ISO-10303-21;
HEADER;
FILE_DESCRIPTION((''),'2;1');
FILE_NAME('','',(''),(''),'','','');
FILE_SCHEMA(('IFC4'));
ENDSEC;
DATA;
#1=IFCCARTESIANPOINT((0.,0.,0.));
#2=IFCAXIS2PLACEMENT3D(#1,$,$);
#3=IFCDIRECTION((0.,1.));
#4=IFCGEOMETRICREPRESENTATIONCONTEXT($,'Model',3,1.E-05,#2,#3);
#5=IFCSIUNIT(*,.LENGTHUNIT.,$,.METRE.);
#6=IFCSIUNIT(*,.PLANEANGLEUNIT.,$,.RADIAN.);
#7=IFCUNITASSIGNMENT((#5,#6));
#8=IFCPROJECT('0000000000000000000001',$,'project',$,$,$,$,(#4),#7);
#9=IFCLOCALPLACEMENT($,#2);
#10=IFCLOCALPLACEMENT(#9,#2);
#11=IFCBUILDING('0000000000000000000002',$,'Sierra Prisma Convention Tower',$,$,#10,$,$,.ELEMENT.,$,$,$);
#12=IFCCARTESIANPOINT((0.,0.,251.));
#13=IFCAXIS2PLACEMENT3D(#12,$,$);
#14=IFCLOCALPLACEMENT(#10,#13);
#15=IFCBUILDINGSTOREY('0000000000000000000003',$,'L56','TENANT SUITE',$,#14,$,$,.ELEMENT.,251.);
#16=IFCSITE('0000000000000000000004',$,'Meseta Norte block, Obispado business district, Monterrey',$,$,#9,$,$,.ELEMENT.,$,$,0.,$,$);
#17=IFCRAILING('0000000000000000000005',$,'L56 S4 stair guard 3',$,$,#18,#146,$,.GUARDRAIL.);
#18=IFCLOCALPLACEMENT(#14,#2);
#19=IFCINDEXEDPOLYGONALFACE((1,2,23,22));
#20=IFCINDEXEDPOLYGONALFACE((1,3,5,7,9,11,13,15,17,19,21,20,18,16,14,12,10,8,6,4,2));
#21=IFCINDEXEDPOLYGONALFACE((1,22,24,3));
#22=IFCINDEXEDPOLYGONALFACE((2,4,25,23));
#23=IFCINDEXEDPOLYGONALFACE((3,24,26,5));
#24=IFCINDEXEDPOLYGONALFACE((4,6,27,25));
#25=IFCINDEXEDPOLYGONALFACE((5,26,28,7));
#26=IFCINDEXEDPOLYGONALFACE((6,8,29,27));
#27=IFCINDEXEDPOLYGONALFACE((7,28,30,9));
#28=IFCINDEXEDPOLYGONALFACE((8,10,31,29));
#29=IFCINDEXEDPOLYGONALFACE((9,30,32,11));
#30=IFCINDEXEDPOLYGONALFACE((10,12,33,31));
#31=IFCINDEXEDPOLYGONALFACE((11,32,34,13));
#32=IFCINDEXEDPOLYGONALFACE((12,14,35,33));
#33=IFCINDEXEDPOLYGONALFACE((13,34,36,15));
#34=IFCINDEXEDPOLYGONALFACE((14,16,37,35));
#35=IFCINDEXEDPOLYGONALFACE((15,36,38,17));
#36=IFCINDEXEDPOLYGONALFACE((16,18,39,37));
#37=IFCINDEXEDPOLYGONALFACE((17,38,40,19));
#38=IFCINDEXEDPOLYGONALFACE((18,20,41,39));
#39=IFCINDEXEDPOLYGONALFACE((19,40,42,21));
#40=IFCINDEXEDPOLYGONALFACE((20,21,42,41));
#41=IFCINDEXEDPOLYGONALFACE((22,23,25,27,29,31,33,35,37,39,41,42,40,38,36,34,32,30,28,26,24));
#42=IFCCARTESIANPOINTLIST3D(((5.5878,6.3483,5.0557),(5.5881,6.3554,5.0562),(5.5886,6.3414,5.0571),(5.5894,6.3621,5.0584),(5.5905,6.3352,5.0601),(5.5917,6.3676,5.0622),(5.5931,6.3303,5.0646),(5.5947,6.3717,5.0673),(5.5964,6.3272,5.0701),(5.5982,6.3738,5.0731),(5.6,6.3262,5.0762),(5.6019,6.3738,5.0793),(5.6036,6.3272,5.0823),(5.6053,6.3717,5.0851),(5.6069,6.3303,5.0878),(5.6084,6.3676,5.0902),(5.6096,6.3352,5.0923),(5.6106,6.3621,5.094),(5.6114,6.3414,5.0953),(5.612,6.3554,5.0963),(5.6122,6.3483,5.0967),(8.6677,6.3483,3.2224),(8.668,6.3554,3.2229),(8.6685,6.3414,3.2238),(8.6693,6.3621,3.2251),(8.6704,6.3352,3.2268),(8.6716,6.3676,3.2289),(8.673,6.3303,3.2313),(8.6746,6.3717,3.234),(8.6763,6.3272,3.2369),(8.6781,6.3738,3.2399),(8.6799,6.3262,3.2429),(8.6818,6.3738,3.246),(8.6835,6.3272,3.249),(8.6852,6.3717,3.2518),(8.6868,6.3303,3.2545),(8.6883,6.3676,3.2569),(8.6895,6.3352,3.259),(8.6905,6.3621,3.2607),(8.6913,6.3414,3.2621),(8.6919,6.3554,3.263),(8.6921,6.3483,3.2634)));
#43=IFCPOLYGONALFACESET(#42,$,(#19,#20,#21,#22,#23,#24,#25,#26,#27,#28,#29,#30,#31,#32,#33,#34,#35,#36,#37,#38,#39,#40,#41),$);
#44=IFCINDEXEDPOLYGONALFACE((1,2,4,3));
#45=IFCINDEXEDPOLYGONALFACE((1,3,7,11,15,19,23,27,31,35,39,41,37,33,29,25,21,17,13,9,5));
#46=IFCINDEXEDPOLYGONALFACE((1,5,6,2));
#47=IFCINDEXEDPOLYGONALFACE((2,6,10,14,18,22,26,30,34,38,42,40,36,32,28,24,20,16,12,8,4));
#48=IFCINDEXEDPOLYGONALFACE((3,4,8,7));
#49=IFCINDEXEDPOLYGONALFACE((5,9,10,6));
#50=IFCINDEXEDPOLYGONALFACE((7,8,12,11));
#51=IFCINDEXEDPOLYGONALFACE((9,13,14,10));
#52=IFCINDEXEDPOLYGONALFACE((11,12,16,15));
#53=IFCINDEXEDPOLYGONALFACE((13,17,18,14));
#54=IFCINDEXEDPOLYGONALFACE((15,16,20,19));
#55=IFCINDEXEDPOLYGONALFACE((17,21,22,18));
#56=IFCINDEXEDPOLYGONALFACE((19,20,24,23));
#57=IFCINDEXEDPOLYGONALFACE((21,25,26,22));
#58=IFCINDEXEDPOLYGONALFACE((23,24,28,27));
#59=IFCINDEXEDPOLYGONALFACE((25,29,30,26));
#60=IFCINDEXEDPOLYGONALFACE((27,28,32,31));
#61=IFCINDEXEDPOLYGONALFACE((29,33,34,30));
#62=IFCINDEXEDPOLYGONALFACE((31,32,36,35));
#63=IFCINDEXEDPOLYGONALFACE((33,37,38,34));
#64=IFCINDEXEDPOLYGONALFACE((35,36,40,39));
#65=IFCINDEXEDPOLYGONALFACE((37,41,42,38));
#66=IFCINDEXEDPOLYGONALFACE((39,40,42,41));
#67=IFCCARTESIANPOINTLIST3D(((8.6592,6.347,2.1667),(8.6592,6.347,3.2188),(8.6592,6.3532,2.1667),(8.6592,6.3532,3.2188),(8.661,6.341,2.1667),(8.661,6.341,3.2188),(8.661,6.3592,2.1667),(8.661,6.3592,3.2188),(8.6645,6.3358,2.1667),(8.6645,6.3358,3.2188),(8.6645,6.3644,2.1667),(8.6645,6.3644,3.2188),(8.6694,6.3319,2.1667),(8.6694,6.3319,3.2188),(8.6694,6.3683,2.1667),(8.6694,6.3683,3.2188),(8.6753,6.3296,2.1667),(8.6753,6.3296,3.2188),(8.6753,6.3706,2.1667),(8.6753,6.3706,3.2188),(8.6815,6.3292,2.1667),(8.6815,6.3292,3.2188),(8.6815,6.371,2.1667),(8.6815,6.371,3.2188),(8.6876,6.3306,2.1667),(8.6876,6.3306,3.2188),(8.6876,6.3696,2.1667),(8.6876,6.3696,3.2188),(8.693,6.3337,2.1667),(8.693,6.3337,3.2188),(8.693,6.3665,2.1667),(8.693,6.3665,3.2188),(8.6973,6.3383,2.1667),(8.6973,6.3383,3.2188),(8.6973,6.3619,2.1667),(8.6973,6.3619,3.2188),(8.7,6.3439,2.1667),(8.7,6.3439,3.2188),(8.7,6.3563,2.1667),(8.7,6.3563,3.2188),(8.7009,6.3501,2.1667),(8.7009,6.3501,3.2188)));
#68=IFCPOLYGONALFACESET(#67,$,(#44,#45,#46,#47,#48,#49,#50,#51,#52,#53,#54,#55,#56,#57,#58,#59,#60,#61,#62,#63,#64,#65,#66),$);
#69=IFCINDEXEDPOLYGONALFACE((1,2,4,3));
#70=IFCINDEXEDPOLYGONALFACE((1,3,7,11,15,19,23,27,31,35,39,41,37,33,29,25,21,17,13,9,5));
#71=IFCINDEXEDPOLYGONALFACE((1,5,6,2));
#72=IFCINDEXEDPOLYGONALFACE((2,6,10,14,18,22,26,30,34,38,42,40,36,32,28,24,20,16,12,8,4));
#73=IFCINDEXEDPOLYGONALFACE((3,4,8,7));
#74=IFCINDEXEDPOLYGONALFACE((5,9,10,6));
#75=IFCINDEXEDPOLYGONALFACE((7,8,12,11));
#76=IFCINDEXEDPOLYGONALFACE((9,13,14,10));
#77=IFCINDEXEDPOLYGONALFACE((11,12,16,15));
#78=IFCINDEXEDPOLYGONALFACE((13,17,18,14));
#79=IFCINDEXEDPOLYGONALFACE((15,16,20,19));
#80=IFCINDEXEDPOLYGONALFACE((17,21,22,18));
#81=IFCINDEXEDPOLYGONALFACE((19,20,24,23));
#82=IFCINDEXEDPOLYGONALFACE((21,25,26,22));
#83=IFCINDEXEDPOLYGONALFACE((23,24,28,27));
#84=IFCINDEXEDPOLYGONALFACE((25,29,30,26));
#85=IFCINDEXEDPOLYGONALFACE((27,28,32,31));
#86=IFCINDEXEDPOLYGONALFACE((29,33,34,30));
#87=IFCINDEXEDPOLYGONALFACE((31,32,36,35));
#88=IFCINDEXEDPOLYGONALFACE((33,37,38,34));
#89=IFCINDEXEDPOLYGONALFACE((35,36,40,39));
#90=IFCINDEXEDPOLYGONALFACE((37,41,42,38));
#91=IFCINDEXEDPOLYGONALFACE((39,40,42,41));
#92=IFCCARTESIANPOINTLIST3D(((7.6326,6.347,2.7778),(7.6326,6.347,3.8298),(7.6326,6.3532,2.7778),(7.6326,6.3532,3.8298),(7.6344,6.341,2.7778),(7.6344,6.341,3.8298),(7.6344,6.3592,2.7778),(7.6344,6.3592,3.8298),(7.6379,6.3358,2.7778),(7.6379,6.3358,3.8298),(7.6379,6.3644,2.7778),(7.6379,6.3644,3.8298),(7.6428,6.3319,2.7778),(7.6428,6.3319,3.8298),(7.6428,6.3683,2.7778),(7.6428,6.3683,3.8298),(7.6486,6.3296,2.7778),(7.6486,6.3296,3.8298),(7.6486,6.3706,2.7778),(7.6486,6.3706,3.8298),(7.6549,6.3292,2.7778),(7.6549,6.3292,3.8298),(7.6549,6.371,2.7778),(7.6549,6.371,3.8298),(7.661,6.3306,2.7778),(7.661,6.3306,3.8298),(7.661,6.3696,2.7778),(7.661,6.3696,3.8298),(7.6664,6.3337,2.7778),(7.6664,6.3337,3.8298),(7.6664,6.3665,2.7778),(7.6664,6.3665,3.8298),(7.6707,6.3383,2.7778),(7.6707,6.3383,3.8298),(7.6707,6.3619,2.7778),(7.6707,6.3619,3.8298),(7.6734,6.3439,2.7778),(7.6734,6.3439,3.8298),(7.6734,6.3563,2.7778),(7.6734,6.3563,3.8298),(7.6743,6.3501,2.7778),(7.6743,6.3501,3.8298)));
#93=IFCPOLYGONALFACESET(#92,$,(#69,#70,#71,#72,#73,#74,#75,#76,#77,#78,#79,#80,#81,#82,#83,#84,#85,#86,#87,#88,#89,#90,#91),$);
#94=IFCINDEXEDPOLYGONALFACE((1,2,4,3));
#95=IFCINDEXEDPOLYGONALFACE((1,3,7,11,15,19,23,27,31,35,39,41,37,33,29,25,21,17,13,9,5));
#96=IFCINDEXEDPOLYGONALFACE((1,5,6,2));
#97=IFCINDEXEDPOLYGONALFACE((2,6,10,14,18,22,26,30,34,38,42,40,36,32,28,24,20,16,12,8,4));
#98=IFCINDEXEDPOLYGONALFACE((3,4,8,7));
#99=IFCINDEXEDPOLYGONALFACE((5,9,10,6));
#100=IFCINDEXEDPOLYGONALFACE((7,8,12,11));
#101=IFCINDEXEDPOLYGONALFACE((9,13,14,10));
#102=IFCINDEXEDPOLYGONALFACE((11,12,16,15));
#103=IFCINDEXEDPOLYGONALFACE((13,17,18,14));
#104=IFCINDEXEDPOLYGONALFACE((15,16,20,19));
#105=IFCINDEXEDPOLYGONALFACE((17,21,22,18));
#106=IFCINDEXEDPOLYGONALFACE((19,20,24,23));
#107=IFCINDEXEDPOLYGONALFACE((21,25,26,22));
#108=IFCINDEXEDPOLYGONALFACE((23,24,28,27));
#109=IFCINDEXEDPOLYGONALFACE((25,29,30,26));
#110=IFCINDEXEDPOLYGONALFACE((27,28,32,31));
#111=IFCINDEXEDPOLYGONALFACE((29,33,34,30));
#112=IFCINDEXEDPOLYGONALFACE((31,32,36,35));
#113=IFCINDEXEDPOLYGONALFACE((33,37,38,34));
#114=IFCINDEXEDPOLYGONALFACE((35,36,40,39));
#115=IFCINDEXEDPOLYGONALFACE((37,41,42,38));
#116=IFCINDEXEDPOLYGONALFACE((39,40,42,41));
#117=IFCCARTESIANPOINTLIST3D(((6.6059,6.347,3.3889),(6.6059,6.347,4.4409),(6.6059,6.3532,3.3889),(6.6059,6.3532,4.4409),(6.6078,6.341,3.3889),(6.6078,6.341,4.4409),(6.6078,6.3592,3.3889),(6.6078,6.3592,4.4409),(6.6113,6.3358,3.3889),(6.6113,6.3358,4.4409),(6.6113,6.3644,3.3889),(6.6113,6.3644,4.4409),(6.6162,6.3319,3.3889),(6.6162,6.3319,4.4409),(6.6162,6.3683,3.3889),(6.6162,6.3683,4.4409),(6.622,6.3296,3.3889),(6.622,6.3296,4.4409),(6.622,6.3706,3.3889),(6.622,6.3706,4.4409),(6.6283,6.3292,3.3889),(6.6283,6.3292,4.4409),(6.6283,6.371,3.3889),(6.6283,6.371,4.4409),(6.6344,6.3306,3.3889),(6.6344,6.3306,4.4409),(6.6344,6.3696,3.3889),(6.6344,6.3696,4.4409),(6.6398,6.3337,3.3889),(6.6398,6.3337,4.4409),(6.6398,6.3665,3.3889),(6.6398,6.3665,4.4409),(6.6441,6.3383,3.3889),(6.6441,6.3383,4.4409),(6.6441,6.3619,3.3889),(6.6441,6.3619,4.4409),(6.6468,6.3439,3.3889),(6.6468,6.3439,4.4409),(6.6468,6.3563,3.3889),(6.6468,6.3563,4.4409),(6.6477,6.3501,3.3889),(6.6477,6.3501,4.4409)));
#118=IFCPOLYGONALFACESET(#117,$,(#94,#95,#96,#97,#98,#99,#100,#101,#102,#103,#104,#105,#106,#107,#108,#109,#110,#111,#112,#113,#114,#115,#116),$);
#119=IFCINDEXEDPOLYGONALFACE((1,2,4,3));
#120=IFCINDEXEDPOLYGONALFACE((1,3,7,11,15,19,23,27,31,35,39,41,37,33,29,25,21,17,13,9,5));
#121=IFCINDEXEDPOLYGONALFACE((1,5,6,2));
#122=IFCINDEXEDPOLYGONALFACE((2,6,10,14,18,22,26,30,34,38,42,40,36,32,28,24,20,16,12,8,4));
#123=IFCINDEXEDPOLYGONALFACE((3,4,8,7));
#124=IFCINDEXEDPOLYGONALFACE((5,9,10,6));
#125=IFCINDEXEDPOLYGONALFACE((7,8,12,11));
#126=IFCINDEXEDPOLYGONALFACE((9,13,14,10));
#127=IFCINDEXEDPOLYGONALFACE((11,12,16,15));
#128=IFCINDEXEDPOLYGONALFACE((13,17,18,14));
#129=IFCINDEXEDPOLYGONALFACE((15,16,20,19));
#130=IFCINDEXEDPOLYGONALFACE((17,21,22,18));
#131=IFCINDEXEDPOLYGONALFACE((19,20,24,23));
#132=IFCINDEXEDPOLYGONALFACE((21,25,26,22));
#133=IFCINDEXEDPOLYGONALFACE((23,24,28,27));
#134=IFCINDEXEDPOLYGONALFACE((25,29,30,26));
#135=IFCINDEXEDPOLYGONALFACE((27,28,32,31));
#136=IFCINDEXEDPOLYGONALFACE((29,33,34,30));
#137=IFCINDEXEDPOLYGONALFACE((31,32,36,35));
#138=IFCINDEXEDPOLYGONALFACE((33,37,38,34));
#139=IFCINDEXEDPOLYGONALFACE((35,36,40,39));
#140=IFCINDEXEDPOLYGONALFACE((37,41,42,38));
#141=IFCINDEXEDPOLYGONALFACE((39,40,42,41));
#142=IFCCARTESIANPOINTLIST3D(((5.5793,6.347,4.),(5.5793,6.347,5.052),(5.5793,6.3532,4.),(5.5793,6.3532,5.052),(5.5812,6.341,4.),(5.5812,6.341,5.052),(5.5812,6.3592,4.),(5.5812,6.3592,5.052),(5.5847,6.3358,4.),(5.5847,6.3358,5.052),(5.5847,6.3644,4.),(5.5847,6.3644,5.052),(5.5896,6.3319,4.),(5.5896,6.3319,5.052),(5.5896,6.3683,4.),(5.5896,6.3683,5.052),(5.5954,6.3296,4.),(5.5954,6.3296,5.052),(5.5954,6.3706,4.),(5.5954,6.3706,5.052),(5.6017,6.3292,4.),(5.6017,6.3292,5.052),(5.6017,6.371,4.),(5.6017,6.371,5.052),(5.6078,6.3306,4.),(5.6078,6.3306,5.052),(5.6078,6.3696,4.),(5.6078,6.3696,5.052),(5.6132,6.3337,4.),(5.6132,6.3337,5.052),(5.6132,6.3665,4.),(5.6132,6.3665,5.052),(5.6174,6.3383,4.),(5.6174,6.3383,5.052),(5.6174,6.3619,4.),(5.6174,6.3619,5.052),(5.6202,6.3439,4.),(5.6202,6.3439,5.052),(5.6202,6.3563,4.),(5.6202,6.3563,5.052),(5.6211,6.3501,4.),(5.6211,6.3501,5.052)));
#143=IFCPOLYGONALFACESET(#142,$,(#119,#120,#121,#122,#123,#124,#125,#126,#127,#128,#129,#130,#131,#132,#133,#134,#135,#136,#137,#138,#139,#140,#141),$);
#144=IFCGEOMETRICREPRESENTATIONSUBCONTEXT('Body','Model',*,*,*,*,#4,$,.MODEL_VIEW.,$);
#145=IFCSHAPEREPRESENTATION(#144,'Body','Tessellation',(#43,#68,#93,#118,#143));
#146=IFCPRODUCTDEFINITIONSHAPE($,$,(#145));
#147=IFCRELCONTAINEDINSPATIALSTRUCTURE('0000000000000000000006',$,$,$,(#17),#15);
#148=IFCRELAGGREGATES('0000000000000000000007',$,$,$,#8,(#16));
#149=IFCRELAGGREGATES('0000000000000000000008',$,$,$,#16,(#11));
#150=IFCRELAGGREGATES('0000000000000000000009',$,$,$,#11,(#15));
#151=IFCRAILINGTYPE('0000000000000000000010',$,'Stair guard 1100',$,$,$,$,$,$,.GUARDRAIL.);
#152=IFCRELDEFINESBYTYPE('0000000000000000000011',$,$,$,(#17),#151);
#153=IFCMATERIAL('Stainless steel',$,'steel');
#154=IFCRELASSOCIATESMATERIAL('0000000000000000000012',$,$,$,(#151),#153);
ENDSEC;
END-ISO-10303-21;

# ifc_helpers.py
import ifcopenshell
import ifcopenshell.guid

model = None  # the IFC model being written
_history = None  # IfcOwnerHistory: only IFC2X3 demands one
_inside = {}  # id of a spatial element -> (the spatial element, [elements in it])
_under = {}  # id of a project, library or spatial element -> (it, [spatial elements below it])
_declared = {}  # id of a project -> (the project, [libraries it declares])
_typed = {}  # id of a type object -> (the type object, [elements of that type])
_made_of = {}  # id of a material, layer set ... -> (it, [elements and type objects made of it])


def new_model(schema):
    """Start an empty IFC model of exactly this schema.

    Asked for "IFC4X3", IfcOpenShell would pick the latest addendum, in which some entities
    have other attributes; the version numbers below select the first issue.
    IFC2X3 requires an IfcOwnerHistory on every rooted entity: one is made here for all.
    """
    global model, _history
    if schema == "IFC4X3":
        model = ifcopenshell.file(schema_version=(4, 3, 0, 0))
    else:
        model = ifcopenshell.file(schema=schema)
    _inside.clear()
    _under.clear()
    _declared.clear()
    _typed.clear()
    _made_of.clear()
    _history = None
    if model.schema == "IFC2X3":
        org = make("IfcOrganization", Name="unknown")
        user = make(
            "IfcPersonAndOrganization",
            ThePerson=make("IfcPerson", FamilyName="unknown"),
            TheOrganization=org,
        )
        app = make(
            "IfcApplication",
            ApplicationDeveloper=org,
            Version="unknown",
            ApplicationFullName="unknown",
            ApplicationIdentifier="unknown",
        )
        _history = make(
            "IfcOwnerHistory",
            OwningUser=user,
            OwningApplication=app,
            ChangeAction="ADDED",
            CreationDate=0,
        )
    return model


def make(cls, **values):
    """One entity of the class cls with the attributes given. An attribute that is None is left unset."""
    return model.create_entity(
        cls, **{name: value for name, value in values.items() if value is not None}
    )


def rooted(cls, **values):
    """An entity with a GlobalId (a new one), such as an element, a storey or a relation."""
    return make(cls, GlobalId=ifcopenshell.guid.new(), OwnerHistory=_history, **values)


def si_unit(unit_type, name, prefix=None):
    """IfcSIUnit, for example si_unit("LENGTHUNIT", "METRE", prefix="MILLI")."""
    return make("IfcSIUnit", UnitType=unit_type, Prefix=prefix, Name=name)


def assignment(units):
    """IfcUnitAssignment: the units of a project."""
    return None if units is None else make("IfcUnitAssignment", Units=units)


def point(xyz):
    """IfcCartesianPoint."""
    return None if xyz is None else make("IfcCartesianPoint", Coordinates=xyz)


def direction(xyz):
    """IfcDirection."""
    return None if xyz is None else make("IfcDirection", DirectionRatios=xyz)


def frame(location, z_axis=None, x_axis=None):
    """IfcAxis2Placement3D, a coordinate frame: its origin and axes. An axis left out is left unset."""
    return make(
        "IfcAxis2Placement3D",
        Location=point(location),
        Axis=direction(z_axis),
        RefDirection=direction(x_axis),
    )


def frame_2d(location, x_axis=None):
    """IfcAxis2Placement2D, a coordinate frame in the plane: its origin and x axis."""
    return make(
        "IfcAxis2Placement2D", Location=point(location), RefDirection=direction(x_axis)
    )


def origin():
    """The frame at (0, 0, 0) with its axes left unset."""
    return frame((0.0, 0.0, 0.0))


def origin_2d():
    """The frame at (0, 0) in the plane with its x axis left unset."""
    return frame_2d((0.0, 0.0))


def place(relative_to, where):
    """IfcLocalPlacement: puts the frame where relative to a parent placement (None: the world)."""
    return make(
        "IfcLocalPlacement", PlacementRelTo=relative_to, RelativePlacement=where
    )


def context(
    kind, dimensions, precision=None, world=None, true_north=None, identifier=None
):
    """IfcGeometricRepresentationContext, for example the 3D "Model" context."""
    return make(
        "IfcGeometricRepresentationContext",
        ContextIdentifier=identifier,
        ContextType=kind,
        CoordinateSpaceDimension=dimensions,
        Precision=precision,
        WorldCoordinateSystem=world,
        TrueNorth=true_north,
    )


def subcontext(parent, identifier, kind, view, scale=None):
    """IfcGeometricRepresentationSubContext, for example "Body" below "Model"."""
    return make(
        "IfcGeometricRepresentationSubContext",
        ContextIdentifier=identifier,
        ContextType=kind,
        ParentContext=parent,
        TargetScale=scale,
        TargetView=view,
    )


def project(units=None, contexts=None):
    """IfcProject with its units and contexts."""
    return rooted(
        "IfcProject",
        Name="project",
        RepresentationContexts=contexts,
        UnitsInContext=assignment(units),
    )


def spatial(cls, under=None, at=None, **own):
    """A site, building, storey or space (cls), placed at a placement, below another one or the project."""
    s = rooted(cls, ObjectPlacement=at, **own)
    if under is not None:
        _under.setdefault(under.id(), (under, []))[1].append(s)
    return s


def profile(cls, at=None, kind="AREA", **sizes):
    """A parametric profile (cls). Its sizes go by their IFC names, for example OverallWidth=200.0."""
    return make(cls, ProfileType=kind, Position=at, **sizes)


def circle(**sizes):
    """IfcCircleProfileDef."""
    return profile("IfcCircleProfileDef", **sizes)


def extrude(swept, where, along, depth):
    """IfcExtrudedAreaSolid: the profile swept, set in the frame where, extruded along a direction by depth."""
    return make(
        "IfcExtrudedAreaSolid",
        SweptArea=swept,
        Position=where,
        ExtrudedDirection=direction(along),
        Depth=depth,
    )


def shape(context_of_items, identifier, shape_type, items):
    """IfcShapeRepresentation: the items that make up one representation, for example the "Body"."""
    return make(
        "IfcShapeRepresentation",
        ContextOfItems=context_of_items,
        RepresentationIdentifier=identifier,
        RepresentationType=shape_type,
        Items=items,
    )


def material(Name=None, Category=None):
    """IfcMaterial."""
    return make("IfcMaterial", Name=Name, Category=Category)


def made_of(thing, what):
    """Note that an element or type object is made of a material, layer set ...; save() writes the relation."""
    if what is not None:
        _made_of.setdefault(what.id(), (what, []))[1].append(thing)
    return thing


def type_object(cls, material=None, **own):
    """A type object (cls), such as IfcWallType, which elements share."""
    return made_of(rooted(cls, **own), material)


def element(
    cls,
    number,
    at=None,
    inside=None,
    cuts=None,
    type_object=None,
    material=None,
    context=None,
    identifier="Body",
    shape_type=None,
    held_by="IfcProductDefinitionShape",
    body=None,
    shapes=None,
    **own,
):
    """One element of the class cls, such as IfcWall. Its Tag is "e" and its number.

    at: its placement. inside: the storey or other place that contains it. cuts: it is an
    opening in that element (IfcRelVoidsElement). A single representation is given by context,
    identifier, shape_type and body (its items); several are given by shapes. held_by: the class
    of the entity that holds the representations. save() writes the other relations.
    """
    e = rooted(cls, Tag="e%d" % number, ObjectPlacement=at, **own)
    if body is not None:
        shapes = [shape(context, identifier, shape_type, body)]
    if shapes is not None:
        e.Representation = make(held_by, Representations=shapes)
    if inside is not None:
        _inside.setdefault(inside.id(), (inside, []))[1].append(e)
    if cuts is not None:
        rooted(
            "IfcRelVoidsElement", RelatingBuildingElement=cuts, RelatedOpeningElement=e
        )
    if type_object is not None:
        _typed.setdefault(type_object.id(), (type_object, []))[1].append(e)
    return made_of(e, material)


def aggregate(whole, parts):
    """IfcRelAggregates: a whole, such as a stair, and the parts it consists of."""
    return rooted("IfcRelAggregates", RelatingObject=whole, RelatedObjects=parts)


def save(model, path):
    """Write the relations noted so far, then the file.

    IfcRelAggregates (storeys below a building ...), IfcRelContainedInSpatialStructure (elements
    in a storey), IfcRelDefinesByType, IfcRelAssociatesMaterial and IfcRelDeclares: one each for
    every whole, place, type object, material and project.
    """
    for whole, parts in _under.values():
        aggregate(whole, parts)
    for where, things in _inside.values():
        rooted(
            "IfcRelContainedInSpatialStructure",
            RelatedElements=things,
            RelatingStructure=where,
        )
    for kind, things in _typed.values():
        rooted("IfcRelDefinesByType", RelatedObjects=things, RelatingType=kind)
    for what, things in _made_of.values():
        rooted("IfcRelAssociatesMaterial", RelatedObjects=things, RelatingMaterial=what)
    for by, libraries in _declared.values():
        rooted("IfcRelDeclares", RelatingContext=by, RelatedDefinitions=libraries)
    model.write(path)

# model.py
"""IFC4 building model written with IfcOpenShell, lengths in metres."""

from ifc_helpers import new_model, si_unit, direction, frame, origin, origin_2d, place, context, subcontext, project, spatial, circle, extrude, material, type_object, element, save


model = new_model("IFC4")

# Units and contexts
model_context = context("Model", 3, precision=1e-05, world=origin(), true_north=direction((0.0, 1.0)))
body_context = subcontext(model_context, "Body", "Model", "MODEL_VIEW")
ifc_project = project(units=[si_unit("LENGTHUNIT", "METRE"), si_unit("PLANEANGLEUNIT", "RADIAN")], contexts=[model_context])

# Site, building, storey
site_placement = place(None, origin())
site = spatial("IfcSite", under=ifc_project, at=site_placement, Name="Meseta Norte block, Obispado business district, Monterrey", CompositionType="ELEMENT", RefElevation=0.0)
building_placement = place(site_placement, origin())
building = spatial("IfcBuilding", under=site, at=building_placement, Name="Sierra Prisma Convention Tower", CompositionType="ELEMENT")
storey_placement = place(building_placement, frame((0.0, 0.0, 251.0)))
storey = spatial("IfcBuildingStorey", under=building, at=storey_placement, Name="L56", Description="TENANT SUITE", CompositionType="ELEMENT", Elevation=251.0)

# Railing
ifc_material_1 = material(Name="Stainless steel", Category="steel")
railing_type_1 = type_object("IfcRailingType", Name="Stair guard 1100", PredefinedType="GUARDRAIL", material=ifc_material_1)
railing_1_placement = place(storey_placement, frame((8.6799, 6.3501, 2.1667)))
element("IfcRailing", 1, at=railing_1_placement, inside=storey, type_object=railing_type_1, Name="L56 S4 stair guard 3", PredefinedType="GUARDRAIL", context=body_context, shape_type="SweptSolid", body=[
    extrude(circle(Radius=0.0239, at=origin_2d()), frame((0.0, 0.0, 1.0762), z_axis=(-0.859291, 0.0, 0.511487), x_axis=(0.0, -1.0, 0.0)), (0.0, 0.0, 1.0), 3.5842),
    extrude(circle(Radius=0.021, at=origin_2d()), origin(), (0.0, 0.0, 1.0), 1.052),
    extrude(circle(Radius=0.021, at=origin_2d()), frame((-1.0266, 0.0, 0.6111)), (0.0, 0.0, 1.0), 1.052),
    extrude(circle(Radius=0.021, at=origin_2d()), frame((-2.0532, 0.0, 1.2222)), (0.0, 0.0, 1.0), 1.052),
    extrude(circle(Radius=0.021, at=origin_2d()), frame((-3.0798, 0.0, 1.8333)), (0.0, 0.0, 1.0), 1.052),
])

save(model, "model.ifc")
